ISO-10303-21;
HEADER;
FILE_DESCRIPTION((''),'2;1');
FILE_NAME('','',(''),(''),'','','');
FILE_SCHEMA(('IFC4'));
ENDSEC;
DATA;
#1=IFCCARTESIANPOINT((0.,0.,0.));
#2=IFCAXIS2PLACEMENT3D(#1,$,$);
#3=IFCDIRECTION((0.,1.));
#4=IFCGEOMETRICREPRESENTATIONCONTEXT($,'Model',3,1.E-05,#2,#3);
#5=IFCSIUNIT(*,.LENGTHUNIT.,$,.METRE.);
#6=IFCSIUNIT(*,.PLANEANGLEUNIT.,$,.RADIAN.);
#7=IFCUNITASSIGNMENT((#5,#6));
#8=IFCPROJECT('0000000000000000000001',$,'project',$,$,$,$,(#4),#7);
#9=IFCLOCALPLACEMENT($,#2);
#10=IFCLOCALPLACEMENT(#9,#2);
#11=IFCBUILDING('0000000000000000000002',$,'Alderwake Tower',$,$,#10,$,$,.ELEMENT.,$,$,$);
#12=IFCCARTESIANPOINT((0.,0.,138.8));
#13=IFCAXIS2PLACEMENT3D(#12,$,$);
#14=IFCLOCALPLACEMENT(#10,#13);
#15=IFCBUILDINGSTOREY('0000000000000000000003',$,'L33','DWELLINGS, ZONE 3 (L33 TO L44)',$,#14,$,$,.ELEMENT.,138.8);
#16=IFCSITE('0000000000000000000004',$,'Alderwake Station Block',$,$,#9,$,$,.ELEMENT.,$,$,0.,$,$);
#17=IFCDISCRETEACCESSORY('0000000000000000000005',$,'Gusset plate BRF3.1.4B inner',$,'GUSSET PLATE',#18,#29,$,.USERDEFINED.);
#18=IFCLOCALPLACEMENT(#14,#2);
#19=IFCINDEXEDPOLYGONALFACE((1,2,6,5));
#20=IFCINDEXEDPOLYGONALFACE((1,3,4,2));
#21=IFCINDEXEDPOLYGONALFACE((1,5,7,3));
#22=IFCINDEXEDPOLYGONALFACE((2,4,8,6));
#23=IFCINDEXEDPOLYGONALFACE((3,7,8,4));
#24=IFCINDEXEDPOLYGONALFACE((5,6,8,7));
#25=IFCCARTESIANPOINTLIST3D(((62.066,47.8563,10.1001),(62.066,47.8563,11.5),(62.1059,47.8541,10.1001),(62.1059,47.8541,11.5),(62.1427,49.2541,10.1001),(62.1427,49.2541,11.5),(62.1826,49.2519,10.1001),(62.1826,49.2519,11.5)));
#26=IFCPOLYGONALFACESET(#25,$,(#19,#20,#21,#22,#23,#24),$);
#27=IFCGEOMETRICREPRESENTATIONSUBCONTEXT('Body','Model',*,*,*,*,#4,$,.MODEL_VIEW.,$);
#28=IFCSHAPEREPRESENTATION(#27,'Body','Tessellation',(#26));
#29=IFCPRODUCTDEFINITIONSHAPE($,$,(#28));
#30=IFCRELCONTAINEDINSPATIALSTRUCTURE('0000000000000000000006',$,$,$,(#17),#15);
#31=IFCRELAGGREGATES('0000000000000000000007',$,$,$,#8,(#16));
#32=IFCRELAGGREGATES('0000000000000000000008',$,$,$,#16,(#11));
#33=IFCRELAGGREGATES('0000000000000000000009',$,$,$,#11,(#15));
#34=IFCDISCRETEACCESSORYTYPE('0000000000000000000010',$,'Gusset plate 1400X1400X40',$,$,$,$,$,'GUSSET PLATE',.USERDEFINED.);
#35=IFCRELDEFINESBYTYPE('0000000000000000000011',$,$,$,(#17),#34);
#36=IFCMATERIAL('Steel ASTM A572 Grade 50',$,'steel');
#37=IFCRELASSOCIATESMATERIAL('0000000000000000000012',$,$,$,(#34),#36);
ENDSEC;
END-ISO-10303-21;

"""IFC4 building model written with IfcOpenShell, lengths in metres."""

from ifc_helpers import new_model, si_unit, direction, frame, origin, origin_2d, place, context, subcontext, project, spatial, rectangle, extrude, material, material_profile, profile_set, type_object, element, save


model = new_model("IFC4")

# Units and contexts
model_context = context("Model", 3, precision=1e-05, world=origin(), true_north=direction((0.0, 1.0)))
body_context = subcontext(model_context, "Body", "Model", "MODEL_VIEW")
ifc_project = project(units=[si_unit("LENGTHUNIT", "METRE"), si_unit("PLANEANGLEUNIT", "RADIAN")], contexts=[model_context])

# Site, building, storey
site_placement = place(None, origin())
site = spatial("IfcSite", under=ifc_project, at=site_placement, Name="Alderwake Station Block", CompositionType="ELEMENT", RefElevation=0.0)
building_placement = place(site_placement, origin())
building = spatial("IfcBuilding", under=site, at=building_placement, Name="Alderwake Tower", CompositionType="ELEMENT")
storey_placement = place(building_placement, frame((0.0, 0.0, 138.8)))
storey = spatial("IfcBuildingStorey", under=building, at=storey_placement, Name="L33", Description="DWELLINGS, ZONE 3 (L33 TO L44)", CompositionType="ELEMENT", Elevation=138.8)

# Discrete accessory
ifc_material_1 = material(Name="Steel ASTM A572 Grade 50", Category="steel")
ifc_material_profile_1 = material_profile(ifc_material_1, rectangle(XDim=1.3999, YDim=1.3999, at=origin_2d()), Name="gusset 1400X1400")
ifc_profile_set_1 = profile_set([ifc_material_profile_1], Name="Steel ASTM A572 Grade 50")
discrete_accessory_type = type_object("IfcDiscreteAccessoryType", Name="Gusset plate 1400X1400X40", ElementType="GUSSET PLATE", PredefinedType="USERDEFINED", material=ifc_profile_set_1)
discrete_accessory_1_placement = place(storey_placement, frame((62.1443, 48.553, 10.8), z_axis=(-0.998498, 0.054796, 0.0), x_axis=(-0.054796, -0.998498, 0.0)))
element("IfcDiscreteAccessory", 1, at=discrete_accessory_1_placement, inside=storey, type_object=discrete_accessory_type, Name="Gusset plate BRF3.1.4B inner", ObjectType="GUSSET PLATE", PredefinedType="USERDEFINED", context=body_context, shape_type="SweptSolid", body=[
    extrude(rectangle(XDim=1.3999, YDim=1.3999, at=origin_2d()), origin(), (0.0, 0.0, 1.0), 0.04),
])

save(model, "model.ifc")
